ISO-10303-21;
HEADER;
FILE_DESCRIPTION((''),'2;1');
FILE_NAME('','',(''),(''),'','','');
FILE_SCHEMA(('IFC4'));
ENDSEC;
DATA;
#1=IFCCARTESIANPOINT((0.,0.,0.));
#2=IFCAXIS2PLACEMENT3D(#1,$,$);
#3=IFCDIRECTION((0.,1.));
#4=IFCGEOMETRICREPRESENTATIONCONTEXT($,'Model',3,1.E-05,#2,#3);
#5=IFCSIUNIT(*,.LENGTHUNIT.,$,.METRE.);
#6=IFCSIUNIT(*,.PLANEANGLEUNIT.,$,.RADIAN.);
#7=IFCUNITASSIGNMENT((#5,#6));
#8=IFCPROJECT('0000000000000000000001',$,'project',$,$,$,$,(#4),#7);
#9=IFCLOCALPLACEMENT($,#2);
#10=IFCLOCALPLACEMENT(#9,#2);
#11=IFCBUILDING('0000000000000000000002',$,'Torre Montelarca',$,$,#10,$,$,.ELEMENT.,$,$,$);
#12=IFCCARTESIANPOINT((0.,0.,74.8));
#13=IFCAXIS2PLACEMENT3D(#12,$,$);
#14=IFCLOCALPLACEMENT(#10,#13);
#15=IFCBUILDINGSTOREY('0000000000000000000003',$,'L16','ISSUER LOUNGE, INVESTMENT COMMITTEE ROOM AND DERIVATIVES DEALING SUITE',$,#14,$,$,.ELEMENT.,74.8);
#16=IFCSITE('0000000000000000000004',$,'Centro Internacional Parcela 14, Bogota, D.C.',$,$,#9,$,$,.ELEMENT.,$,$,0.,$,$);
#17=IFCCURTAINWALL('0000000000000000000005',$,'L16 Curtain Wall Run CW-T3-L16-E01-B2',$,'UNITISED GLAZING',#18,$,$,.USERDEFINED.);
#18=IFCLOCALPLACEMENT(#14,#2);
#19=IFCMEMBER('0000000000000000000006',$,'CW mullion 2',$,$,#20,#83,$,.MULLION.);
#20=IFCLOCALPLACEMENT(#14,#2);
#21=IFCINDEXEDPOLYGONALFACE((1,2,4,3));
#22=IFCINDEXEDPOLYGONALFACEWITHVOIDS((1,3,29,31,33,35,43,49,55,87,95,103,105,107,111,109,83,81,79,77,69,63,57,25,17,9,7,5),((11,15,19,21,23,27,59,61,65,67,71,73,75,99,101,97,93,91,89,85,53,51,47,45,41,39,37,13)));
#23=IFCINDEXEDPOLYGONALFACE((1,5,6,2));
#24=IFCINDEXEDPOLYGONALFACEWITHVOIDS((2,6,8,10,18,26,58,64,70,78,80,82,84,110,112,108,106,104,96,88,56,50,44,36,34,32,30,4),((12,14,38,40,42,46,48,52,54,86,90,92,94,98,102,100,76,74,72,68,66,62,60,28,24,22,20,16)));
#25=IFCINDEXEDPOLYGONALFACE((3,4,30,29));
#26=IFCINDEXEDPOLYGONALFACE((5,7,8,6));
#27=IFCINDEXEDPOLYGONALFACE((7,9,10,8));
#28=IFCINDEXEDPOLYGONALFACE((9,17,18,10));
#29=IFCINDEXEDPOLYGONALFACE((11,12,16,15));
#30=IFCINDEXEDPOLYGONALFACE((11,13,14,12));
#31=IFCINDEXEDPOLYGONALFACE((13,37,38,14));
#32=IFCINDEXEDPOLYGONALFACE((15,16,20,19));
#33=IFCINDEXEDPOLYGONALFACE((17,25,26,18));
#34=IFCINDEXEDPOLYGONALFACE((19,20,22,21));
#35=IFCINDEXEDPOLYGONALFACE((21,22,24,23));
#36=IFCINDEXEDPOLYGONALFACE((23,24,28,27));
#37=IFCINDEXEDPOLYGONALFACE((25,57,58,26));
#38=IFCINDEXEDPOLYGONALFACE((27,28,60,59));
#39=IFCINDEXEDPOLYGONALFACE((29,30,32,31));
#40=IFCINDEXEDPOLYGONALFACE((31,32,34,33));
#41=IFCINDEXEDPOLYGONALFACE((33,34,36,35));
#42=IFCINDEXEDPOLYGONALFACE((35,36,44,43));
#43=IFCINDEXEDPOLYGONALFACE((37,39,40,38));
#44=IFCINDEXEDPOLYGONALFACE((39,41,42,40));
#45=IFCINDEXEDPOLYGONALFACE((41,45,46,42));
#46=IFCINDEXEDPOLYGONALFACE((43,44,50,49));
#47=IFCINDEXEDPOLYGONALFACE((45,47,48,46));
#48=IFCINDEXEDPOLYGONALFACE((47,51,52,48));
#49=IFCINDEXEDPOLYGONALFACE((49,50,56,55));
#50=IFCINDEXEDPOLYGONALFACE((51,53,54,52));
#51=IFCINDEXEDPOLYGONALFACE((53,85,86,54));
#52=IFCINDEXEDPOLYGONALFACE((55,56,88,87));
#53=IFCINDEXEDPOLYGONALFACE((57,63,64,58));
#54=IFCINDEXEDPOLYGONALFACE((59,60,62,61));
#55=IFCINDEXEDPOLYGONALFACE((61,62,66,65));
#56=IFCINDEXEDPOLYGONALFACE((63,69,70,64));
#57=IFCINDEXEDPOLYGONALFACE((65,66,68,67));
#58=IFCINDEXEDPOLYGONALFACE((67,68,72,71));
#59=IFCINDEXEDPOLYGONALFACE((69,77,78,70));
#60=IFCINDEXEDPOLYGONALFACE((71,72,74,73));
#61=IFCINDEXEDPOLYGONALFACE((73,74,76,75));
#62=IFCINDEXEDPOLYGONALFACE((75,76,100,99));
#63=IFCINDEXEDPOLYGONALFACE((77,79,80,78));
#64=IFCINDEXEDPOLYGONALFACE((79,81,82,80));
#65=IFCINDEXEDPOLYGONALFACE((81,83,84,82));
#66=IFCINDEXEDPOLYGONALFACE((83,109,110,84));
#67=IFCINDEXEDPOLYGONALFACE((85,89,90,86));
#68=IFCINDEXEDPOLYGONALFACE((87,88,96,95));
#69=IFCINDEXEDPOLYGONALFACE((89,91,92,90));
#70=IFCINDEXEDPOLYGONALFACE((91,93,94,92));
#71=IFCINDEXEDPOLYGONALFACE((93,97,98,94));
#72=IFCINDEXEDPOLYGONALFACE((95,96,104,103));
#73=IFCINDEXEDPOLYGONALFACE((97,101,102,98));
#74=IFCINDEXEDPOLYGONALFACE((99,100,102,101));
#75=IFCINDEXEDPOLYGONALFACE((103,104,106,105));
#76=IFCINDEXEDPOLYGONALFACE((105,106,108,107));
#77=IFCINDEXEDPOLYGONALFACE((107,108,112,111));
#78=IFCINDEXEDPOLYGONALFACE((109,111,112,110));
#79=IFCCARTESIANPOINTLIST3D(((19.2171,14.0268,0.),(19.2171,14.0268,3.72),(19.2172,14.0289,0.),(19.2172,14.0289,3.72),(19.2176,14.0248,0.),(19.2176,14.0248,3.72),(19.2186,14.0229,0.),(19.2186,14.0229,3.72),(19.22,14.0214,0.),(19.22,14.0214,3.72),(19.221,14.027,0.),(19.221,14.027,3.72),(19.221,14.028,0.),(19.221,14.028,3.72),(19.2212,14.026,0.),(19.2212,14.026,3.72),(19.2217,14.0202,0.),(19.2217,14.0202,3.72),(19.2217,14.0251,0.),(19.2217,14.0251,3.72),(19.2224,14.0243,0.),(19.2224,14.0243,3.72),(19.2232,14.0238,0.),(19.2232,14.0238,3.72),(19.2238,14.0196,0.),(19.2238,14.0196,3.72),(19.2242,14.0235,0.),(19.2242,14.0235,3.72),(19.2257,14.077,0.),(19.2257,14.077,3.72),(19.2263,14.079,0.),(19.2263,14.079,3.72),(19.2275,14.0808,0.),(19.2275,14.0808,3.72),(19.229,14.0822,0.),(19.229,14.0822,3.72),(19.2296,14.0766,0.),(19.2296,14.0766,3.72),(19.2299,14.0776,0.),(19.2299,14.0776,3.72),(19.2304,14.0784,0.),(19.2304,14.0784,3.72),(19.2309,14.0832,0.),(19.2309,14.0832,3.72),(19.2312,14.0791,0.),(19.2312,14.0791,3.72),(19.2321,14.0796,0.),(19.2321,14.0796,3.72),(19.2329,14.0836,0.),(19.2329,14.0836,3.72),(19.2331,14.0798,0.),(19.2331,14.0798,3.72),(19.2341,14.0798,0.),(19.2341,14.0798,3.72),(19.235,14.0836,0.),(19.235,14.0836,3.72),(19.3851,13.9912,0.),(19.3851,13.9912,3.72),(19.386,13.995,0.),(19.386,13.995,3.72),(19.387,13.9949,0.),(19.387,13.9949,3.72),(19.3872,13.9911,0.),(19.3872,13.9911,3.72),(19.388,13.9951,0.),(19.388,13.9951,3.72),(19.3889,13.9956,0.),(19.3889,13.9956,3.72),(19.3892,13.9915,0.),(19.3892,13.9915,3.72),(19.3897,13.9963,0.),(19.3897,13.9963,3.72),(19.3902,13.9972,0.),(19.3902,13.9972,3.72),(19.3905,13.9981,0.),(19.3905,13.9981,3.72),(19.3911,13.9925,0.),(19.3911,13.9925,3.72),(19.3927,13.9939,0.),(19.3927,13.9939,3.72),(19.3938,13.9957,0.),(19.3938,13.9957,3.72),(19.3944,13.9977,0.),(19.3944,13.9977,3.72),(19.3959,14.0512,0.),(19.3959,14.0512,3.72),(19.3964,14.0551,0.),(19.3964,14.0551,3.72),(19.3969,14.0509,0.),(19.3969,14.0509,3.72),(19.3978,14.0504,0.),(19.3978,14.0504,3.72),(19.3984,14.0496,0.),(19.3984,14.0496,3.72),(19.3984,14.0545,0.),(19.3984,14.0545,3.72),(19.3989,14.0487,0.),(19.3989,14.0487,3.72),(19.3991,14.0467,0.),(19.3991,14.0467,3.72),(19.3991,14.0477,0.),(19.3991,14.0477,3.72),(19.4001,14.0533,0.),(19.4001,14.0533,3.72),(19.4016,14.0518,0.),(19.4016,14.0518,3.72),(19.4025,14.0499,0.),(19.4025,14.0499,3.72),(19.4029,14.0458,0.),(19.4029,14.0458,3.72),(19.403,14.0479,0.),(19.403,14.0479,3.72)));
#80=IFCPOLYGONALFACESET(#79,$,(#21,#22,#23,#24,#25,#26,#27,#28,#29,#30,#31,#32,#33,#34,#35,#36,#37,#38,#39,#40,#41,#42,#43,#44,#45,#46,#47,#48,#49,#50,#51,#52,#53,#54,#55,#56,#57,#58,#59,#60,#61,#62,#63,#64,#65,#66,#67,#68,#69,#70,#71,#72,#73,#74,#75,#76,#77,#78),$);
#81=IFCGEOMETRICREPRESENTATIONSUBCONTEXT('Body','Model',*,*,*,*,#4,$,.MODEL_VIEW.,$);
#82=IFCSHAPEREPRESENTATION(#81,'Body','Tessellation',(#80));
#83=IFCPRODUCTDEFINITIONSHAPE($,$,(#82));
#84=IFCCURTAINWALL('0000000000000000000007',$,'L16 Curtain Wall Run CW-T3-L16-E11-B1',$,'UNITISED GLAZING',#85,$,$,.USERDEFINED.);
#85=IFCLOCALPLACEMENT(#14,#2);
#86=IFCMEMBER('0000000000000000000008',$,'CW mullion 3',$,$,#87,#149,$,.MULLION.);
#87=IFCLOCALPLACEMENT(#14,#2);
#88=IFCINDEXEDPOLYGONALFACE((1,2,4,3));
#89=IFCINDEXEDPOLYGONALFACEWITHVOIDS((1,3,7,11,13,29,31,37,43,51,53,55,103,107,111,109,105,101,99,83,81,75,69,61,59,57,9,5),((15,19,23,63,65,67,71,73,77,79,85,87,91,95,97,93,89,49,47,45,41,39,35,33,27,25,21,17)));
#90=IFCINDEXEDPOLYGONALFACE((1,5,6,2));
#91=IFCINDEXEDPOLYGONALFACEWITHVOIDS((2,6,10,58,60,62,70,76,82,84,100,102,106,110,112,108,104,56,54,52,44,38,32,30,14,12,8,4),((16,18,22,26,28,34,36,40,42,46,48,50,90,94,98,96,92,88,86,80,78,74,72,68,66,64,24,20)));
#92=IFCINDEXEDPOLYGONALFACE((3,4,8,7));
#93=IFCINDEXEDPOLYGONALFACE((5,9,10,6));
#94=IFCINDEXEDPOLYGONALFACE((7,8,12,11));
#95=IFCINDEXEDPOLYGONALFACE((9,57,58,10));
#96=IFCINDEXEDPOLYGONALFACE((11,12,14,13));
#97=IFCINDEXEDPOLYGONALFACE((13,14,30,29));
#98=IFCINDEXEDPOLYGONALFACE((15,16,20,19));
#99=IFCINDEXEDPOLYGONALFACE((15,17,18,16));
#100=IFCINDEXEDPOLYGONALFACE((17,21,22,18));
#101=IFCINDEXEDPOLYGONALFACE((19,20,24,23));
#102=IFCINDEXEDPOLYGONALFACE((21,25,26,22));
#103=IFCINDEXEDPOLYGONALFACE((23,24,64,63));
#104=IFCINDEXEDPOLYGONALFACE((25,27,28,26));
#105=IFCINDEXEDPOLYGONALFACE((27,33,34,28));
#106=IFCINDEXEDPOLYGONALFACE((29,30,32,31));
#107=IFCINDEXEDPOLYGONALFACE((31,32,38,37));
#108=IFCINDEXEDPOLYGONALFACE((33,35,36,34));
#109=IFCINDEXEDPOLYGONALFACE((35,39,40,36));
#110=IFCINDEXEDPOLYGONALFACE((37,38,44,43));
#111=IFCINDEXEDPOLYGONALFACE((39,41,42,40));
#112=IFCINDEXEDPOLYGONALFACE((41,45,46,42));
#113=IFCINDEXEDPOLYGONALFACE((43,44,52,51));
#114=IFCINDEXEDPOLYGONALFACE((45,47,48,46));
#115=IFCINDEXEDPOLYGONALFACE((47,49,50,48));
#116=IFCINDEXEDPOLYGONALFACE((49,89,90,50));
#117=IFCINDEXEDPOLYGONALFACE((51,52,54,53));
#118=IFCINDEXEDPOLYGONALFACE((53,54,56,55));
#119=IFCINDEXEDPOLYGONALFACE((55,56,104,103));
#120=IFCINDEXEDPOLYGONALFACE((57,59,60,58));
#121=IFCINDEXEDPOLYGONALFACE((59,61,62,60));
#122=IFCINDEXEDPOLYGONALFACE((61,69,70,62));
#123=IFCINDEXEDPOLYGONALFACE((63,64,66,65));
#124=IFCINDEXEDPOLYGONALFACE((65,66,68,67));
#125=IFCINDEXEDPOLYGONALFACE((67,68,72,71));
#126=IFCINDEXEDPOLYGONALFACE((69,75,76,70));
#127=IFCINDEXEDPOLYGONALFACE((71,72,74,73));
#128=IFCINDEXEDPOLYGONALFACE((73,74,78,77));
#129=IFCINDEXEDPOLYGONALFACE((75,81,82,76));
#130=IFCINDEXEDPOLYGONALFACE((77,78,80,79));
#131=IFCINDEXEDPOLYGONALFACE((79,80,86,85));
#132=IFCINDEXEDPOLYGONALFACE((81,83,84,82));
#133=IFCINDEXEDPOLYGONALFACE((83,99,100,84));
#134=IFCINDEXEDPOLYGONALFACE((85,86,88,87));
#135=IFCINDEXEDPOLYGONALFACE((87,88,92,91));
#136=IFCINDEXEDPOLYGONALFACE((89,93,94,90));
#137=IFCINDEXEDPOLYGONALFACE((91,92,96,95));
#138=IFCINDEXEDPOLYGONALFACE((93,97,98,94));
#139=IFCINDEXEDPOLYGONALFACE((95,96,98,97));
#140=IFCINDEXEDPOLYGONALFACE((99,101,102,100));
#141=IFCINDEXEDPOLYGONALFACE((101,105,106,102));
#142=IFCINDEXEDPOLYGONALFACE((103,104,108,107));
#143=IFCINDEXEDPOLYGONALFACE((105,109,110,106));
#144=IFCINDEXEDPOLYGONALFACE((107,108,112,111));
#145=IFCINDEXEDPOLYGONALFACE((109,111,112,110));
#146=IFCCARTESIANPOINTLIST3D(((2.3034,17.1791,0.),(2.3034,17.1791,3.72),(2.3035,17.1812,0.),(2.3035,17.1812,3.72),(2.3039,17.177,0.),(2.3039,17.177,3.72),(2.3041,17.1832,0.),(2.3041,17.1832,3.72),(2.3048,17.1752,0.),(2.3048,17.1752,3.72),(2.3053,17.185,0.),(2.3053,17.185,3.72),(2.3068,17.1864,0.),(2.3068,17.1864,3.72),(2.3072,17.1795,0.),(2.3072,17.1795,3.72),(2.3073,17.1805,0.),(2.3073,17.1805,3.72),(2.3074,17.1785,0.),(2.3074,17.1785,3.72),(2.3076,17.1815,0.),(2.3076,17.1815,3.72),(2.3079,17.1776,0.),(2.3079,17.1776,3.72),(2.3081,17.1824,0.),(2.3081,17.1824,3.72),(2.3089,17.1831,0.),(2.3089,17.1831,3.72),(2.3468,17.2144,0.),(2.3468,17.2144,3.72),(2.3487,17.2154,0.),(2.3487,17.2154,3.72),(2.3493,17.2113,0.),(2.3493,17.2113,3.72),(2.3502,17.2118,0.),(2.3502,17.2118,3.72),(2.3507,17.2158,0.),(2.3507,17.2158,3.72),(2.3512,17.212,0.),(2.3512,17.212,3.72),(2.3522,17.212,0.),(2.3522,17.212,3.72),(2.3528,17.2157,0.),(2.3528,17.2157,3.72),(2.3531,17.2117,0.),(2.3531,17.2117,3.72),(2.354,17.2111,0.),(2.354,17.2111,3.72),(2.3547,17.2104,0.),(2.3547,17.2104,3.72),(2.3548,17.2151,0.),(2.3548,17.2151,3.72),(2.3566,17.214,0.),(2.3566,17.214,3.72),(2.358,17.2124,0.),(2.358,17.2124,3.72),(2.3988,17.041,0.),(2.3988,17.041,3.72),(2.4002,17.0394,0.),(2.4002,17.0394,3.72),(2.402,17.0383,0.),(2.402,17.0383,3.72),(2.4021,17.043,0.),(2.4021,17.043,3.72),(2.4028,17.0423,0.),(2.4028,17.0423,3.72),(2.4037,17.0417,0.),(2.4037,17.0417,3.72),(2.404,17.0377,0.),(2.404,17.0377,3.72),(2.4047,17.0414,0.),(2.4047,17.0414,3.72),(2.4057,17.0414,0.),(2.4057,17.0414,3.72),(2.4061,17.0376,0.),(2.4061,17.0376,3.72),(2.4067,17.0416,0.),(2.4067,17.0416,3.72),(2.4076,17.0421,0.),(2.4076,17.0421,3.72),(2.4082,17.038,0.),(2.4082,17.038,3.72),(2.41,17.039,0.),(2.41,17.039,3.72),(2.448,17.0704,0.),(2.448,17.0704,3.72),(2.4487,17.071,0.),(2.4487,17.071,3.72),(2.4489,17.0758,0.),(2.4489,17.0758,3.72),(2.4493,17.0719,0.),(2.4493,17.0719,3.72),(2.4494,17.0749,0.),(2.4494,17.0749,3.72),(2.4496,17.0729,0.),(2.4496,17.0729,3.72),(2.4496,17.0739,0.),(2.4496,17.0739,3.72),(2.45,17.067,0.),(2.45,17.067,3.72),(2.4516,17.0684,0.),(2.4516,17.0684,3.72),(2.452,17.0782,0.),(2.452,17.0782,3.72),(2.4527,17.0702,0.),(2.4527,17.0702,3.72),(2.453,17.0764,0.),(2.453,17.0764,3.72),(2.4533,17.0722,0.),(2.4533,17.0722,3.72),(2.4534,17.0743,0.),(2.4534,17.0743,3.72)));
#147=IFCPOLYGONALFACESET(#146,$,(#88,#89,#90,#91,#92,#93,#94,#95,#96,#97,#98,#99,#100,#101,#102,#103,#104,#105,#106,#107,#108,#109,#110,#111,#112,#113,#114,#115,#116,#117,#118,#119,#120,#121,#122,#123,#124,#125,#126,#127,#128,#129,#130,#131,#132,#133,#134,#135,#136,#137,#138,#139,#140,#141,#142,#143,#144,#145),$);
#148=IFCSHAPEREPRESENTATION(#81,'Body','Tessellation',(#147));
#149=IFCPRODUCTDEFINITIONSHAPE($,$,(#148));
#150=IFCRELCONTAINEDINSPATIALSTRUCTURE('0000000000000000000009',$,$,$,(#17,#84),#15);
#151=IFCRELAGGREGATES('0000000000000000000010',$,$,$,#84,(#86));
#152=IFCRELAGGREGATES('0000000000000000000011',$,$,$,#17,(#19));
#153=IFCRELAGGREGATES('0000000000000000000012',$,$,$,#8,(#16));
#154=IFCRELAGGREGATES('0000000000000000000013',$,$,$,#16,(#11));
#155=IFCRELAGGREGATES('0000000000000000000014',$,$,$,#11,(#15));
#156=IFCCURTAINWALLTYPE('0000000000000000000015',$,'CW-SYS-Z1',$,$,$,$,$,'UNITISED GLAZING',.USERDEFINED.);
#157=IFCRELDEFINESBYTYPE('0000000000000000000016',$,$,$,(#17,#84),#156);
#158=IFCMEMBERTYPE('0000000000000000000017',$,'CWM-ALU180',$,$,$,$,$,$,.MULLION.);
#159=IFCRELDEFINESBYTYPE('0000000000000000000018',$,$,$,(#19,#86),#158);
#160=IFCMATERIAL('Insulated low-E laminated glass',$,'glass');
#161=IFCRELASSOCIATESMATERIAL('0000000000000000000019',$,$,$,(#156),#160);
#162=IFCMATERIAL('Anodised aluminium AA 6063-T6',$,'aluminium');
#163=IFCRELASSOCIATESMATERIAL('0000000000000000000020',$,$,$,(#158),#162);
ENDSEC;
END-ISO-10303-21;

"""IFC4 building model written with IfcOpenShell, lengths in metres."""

from ifc_helpers import new_model, si_unit, direction, frame, origin, origin_2d, place, context, subcontext, project, spatial, hollow_rectangle, extrude, source, transform, mapped, material, material_profile, profile_set, type_object, element, aggregate, save


model = new_model("IFC4")

# Units and contexts
model_context = context("Model", 3, precision=1e-05, world=origin(), true_north=direction((0.0, 1.0)))
body_context = subcontext(model_context, "Body", "Model", "MODEL_VIEW")
ifc_project = project(units=[si_unit("LENGTHUNIT", "METRE"), si_unit("PLANEANGLEUNIT", "RADIAN")], contexts=[model_context])

# Site, building, storey
site_placement = place(None, origin())
site = spatial("IfcSite", under=ifc_project, at=site_placement, Name="Centro Internacional Parcela 14, Bogota, D.C.", CompositionType="ELEMENT", RefElevation=0.0)
building_placement = place(site_placement, origin())
building = spatial("IfcBuilding", under=site, at=building_placement, Name="Torre Montelarca", CompositionType="ELEMENT")
storey_placement = place(building_placement, frame((0.0, 0.0, 74.8)))
storey = spatial("IfcBuildingStorey", under=building, at=storey_placement, Name="L16", Description="ISSUER LOUNGE, INVESTMENT COMMITTEE ROOM AND DERIVATIVES DEALING SUITE", CompositionType="ELEMENT", Elevation=74.8)

# Curtain wall
ifc_material_1 = material(Name="Insulated low-E laminated glass", Category="glass")
curtain_wall_type = type_object("IfcCurtainWallType", Name="CW-SYS-Z1", ElementType="UNITISED GLAZING", PredefinedType="USERDEFINED", material=ifc_material_1)
ifc_material_2 = material(Name="Anodised aluminium AA 6063-T6", Category="aluminium")
curtain_wall_1_placement = place(storey_placement, origin())
curtain_wall_1 = element("IfcCurtainWall", 1, at=curtain_wall_1_placement, inside=storey, type_object=curtain_wall_type, Name="L16 Curtain Wall Run CW-T3-L16-E01-B2", ObjectType="UNITISED GLAZING", PredefinedType="USERDEFINED")

# Member
ifc_material_profile_1 = material_profile(ifc_material_2, hollow_rectangle(XDim=0.0649, YDim=0.1799, WallThickness=0.0039, InnerFilletRadius=0.0039, OuterFilletRadius=0.0081, at=origin_2d()), Name="ALU65X180X4", Category="aluminium")
ifc_profile_set_1 = profile_set([ifc_material_profile_1], Name="Anodised aluminium AA 6063-T6")
member_type_1 = type_object("IfcMemberType", Name="CWM-ALU180", PredefinedType="MULLION", material=ifc_profile_set_1)
shared_shape_1 = source(origin(), body_context, "Body", "SweptSolid", [
    extrude(hollow_rectangle(XDim=0.0649, YDim=0.1799, WallThickness=0.0039, InnerFilletRadius=0.0039, OuterFilletRadius=0.0081, at=origin_2d()), origin(), (0.0, 0.0, 1.0), 3.72),
])
member_1_placement = place(storey_placement, frame((19.3101, 14.0374, 0.0), z_axis=(0.0, 0.0, 1.0), x_axis=(0.173654, 0.984807, 0.0)))
member_1 = element("IfcMember", 2, at=member_1_placement, type_object=member_type_1, Name="CW mullion 2", PredefinedType="MULLION", context=body_context, shape_type="MappedRepresentation", body=[
    mapped(shared_shape_1, transform((0.0, 0.0, 0.0), scale=1.0)),
])

# Curtain wall, member
curtain_wall_2_placement = place(storey_placement, origin())
curtain_wall_2 = element("IfcCurtainWall", 3, at=curtain_wall_2_placement, inside=storey, type_object=curtain_wall_type, Name="L16 Curtain Wall Run CW-T3-L16-E11-B1", ObjectType="UNITISED GLAZING", PredefinedType="USERDEFINED")
member_2_placement = place(storey_placement, frame((2.3784, 17.1267, 0.0), z_axis=(0.0, 0.0, 1.0), x_axis=(0.819174, 0.573546, 0.0)))
member_2 = element("IfcMember", 4, at=member_2_placement, type_object=member_type_1, Name="CW mullion 3", PredefinedType="MULLION", context=body_context, shape_type="MappedRepresentation", body=[
    mapped(shared_shape_1, transform((0.0, 0.0, 0.0), scale=1.0)),
])

aggregate(curtain_wall_2, [member_2])
aggregate(curtain_wall_1, [member_1])

save(model, "model.ifc")
